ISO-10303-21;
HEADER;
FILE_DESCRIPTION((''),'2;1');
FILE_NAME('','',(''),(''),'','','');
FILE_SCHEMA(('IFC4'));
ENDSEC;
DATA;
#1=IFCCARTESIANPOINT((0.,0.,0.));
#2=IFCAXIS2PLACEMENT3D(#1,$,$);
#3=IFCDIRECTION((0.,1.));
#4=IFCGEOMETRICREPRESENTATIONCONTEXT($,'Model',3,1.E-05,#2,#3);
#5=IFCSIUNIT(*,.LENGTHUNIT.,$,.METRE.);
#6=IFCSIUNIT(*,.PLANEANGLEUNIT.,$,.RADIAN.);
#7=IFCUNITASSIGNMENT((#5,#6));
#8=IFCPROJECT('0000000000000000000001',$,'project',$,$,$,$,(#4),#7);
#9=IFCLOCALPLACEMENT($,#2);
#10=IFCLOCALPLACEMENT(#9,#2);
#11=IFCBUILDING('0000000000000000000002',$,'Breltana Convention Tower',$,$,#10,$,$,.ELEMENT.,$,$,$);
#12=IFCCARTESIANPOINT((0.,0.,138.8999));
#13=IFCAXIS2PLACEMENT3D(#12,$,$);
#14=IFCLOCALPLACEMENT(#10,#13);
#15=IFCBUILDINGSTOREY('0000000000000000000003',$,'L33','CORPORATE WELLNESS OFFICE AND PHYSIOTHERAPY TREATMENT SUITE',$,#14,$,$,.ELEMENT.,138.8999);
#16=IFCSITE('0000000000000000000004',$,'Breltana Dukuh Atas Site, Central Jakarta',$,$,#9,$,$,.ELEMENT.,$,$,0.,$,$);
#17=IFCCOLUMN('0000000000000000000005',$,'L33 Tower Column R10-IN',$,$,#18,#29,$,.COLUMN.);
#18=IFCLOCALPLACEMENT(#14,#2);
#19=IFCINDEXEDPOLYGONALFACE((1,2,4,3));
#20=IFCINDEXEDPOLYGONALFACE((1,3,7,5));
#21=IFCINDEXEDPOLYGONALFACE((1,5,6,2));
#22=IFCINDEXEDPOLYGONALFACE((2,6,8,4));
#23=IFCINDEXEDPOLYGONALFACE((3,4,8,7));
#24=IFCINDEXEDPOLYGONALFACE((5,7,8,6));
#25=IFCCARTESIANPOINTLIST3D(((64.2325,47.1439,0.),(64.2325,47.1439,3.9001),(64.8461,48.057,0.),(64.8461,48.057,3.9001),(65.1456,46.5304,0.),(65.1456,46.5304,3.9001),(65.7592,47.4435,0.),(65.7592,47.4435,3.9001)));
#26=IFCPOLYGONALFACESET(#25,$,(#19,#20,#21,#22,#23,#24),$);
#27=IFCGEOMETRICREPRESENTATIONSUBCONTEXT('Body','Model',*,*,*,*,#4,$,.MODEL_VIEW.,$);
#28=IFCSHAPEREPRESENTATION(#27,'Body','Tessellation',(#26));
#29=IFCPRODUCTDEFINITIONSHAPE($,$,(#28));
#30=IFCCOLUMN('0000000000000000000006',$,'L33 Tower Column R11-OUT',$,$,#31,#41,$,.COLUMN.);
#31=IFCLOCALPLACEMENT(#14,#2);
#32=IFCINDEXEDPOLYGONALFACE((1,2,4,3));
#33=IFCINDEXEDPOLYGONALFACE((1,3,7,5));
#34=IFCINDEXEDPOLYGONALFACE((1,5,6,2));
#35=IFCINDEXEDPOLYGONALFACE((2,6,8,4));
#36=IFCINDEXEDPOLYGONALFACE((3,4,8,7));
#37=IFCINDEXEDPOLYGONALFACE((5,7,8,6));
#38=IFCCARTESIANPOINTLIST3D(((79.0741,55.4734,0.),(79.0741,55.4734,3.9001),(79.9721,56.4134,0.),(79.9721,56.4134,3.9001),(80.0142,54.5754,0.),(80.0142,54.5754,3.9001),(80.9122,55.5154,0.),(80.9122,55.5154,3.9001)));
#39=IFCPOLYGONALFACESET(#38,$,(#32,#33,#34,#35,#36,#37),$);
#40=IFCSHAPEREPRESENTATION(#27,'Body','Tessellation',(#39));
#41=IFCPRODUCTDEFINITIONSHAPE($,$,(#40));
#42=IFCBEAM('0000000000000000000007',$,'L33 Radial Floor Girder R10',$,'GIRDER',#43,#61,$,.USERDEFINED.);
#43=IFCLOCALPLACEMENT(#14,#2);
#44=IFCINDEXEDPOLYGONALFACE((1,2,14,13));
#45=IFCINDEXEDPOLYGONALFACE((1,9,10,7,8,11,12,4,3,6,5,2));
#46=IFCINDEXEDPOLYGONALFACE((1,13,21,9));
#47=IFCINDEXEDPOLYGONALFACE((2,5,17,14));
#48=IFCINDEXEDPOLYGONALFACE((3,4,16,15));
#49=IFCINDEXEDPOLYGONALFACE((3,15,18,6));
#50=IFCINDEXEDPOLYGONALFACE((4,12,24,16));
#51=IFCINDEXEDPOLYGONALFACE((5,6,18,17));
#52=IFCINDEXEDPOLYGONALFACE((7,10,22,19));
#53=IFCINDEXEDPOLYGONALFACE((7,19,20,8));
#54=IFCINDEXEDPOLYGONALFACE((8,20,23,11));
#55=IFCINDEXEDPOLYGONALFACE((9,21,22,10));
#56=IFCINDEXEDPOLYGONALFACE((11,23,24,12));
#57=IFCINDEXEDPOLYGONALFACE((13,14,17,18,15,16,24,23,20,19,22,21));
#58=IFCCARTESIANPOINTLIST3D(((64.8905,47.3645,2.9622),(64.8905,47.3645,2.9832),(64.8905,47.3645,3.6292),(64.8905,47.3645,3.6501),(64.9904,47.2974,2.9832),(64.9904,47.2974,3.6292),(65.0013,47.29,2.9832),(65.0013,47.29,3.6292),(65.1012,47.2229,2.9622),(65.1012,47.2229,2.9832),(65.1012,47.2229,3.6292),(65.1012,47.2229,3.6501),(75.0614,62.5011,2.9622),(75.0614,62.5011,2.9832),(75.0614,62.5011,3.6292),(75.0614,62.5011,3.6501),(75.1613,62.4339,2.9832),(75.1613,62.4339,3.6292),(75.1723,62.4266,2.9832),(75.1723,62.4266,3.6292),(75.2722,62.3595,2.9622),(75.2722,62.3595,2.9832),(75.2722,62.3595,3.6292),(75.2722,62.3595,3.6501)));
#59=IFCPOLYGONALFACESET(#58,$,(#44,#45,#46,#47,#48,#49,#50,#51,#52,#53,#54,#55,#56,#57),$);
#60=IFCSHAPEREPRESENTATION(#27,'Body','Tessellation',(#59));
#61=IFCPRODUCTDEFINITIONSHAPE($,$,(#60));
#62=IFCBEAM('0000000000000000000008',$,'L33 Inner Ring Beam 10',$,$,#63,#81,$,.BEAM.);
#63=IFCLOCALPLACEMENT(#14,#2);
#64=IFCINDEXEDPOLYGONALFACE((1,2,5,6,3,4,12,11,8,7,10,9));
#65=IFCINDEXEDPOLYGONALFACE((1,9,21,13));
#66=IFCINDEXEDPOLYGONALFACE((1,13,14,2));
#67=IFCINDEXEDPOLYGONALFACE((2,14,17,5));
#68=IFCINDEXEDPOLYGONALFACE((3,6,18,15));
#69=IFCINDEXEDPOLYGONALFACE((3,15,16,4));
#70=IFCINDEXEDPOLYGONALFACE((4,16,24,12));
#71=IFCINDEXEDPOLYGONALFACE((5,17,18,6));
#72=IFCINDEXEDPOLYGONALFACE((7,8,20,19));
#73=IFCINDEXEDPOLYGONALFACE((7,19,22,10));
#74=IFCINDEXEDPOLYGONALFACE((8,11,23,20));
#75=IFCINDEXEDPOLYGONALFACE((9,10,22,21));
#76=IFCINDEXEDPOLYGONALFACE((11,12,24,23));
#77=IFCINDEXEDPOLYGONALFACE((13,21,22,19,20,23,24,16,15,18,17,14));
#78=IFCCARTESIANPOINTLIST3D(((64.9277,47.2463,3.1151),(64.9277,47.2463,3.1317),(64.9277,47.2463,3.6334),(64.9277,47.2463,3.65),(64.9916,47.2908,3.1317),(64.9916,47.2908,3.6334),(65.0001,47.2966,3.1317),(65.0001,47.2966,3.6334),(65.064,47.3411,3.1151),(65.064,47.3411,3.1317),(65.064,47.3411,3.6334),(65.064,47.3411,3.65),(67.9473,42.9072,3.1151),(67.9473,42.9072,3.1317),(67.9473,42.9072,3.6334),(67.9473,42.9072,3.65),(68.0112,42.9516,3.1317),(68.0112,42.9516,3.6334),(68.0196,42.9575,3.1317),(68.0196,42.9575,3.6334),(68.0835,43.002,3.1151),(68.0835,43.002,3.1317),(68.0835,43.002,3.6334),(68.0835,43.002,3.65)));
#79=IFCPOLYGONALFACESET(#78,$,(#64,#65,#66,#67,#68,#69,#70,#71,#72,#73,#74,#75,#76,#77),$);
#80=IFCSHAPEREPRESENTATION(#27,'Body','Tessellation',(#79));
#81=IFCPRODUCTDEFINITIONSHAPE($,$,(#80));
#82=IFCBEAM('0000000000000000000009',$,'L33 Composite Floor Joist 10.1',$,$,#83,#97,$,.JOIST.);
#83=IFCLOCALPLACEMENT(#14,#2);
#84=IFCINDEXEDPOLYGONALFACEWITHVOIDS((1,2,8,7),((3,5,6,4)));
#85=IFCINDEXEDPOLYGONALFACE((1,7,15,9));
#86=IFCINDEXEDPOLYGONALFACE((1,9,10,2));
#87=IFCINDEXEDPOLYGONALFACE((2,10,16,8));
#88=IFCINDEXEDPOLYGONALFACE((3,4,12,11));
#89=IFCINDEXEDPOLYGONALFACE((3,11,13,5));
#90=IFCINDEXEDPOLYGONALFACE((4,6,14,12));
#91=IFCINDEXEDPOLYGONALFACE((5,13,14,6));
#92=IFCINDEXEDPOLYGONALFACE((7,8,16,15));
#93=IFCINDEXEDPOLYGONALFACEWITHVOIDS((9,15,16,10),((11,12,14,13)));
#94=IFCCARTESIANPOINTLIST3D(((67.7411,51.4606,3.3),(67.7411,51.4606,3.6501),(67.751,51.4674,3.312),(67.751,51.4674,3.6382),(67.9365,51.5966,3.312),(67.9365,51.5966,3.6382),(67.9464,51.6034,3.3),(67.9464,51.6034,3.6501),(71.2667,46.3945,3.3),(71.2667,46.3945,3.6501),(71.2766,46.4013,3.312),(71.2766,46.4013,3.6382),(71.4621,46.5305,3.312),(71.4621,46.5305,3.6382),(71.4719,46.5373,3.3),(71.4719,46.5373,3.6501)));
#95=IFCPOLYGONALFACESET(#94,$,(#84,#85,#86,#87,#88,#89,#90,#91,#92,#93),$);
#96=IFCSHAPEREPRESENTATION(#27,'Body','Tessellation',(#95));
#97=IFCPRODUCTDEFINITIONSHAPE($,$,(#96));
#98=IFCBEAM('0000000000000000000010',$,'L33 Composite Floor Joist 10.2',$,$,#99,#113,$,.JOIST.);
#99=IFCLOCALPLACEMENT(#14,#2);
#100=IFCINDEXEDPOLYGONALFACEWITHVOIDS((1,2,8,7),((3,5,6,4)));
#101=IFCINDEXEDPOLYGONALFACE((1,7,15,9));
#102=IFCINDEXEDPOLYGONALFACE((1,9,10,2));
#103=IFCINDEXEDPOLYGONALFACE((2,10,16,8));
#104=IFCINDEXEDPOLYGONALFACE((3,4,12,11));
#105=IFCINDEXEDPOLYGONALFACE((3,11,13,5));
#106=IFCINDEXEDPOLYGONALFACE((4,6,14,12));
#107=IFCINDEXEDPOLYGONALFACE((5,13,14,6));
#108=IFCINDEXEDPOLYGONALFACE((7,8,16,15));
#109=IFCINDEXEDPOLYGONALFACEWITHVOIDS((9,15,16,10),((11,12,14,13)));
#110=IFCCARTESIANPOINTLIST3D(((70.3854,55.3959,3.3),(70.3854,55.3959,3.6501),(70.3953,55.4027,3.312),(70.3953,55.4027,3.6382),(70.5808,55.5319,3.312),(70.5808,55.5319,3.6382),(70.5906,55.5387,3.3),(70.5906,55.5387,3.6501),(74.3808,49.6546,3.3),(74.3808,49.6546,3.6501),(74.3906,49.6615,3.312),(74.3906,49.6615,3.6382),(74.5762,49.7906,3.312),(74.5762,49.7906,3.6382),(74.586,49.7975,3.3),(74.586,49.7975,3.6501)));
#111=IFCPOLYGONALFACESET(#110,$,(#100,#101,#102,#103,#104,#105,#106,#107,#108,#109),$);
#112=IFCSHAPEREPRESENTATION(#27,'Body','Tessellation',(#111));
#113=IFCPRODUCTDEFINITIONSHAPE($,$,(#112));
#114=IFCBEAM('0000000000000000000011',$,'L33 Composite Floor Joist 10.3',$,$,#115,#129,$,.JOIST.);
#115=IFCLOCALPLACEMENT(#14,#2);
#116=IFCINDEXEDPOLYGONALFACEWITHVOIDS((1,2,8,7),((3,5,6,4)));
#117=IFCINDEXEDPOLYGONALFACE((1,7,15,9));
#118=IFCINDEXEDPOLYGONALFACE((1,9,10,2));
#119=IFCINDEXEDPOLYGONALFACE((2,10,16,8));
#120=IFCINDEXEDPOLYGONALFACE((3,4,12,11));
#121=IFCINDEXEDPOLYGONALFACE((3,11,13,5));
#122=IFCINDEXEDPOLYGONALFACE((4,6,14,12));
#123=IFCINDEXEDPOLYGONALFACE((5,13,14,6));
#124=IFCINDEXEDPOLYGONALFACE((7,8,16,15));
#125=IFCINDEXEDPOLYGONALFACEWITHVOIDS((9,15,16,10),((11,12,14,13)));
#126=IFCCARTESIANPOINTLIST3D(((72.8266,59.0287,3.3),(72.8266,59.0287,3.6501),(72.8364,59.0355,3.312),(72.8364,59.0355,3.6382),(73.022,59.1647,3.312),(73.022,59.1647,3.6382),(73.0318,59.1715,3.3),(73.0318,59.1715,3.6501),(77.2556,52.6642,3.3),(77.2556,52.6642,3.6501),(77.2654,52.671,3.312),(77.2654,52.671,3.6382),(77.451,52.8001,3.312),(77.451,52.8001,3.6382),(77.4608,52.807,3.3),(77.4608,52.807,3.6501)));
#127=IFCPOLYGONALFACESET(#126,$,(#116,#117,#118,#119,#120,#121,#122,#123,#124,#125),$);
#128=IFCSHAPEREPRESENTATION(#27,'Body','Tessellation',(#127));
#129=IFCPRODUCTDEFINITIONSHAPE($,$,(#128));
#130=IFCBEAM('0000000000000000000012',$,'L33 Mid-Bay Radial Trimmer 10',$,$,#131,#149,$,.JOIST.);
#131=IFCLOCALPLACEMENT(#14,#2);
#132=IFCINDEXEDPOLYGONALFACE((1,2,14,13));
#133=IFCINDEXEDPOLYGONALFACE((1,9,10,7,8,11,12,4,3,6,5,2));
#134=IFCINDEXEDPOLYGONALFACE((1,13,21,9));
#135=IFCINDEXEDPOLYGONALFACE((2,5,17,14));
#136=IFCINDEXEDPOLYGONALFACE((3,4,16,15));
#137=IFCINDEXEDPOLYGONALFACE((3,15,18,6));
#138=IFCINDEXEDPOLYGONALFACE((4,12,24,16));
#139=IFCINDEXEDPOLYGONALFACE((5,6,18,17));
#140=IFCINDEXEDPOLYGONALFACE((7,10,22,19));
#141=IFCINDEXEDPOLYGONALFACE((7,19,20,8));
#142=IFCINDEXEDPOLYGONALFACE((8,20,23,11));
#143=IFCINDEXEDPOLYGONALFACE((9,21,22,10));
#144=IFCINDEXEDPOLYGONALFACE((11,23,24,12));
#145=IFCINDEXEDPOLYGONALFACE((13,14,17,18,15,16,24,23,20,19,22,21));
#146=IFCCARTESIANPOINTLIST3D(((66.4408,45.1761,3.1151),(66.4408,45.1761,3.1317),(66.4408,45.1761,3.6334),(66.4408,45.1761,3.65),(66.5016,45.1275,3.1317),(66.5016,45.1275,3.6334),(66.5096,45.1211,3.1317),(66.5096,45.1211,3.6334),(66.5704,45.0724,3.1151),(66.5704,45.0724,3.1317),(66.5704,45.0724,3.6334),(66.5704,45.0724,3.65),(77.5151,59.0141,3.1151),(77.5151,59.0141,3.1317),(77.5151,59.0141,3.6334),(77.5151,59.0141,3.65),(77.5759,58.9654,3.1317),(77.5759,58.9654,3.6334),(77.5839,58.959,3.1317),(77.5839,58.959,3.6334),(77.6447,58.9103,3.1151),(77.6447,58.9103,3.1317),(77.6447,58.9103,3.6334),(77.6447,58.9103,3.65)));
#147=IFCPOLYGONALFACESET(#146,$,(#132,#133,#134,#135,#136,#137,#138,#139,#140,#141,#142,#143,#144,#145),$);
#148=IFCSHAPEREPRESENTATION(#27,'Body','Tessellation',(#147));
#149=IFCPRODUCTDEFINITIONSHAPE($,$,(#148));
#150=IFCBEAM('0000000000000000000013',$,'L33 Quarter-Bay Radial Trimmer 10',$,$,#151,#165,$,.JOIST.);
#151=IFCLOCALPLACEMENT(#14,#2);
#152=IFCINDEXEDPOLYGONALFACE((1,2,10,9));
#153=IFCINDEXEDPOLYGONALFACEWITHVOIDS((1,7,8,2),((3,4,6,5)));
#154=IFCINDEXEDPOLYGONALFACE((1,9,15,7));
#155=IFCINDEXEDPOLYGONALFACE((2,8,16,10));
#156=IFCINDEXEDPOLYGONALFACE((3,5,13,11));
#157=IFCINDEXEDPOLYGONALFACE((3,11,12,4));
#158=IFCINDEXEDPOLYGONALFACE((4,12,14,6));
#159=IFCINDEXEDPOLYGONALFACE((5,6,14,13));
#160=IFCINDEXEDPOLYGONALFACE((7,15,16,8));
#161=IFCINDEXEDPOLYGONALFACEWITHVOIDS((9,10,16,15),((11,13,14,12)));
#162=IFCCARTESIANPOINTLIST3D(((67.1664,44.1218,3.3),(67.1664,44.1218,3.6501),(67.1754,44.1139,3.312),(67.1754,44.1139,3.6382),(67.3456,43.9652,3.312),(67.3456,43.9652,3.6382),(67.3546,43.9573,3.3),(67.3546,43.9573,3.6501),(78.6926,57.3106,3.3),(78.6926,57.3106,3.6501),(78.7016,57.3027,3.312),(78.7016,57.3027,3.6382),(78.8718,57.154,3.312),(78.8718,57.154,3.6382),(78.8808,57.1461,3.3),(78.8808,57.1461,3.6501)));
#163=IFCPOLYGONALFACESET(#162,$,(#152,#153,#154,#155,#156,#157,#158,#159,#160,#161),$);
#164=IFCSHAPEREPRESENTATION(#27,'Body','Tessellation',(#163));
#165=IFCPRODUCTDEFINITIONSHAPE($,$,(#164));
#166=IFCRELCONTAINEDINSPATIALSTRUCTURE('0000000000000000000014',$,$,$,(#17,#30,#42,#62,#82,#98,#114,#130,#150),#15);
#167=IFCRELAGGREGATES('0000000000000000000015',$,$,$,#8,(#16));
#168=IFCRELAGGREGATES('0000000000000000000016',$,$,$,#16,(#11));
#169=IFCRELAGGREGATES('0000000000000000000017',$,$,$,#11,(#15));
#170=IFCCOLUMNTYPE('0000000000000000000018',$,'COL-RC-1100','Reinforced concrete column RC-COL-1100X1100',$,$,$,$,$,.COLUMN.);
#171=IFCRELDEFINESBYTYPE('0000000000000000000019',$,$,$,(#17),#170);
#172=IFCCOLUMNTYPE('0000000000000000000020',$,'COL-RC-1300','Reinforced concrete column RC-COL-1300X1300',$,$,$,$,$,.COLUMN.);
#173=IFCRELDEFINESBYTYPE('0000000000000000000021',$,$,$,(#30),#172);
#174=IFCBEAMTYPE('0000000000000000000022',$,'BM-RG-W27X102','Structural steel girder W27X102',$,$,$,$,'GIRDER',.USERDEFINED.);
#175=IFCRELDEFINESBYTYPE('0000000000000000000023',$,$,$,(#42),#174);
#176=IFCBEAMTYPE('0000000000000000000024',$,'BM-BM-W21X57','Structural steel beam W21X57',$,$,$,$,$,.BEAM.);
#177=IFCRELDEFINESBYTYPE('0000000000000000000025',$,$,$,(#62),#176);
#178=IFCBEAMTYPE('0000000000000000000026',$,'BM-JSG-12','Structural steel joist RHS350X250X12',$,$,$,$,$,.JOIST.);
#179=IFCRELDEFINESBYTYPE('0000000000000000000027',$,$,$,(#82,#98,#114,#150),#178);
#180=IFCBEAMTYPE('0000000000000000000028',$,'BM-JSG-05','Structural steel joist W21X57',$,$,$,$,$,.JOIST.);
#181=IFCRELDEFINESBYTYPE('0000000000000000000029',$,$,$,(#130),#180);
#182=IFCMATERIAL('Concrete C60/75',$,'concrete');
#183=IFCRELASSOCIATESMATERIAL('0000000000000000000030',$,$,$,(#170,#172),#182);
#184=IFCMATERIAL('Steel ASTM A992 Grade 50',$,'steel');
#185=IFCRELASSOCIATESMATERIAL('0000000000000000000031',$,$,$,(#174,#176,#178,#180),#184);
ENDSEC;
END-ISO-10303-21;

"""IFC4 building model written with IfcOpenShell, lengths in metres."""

from ifc_helpers import new_model, si_unit, direction, frame, origin, origin_2d, place, context, subcontext, project, spatial, rectangle, hollow_rectangle, i_section, extrude, source, transform, mapped, material, material_profile, profile_set, type_object, element, save


model = new_model("IFC4")

# Units and contexts
model_context = context("Model", 3, precision=1e-05, world=origin(), true_north=direction((0.0, 1.0)))
body_context = subcontext(model_context, "Body", "Model", "MODEL_VIEW")
ifc_project = project(units=[si_unit("LENGTHUNIT", "METRE"), si_unit("PLANEANGLEUNIT", "RADIAN")], contexts=[model_context])

# Site, building, storey
site_placement = place(None, origin())
site = spatial("IfcSite", under=ifc_project, at=site_placement, Name="Breltana Dukuh Atas Site, Central Jakarta", CompositionType="ELEMENT", RefElevation=0.0)
building_placement = place(site_placement, origin())
building = spatial("IfcBuilding", under=site, at=building_placement, Name="Breltana Convention Tower", CompositionType="ELEMENT")
storey_placement = place(building_placement, frame((0.0, 0.0, 138.8999)))
storey = spatial("IfcBuildingStorey", under=building, at=storey_placement, Name="L33", Description="CORPORATE WELLNESS OFFICE AND PHYSIOTHERAPY TREATMENT SUITE", CompositionType="ELEMENT", Elevation=138.8999)

# Columns
ifc_material_1 = material(Name="Concrete C60/75", Category="concrete")
ifc_material_profile_1 = material_profile(ifc_material_1, rectangle(XDim=1.1001, YDim=1.1001, at=origin_2d()), Name="RC-COL-1100X1100")
ifc_profile_set_1 = profile_set([ifc_material_profile_1], Name="Concrete C60/75")
column_type_1 = type_object("IfcColumnType", Name="COL-RC-1100", Description="Reinforced concrete column RC-COL-1100X1100", PredefinedType="COLUMN", material=ifc_profile_set_1)
shared_shape_1 = source(origin(), body_context, "Body", "SweptSolid", [
    extrude(rectangle(XDim=1.1001, YDim=1.1001, at=origin_2d()), origin(), (0.0, 0.0, 1.0), 3.9001),
])
column_1_placement = place(storey_placement, frame((64.9958, 47.2937, 0.0), z_axis=(0.0, 0.0, 1.0), x_axis=(0.557745, 0.830012, 0.0)))
element("IfcColumn", 1, at=column_1_placement, inside=storey, type_object=column_type_1, Name="L33 Tower Column R10-IN", PredefinedType="COLUMN", context=body_context, shape_type="MappedRepresentation", body=[
    mapped(shared_shape_1, transform((0.0, 0.0, 0.0), scale=1.0)),
])
ifc_material_profile_2 = material_profile(ifc_material_1, rectangle(XDim=1.3, YDim=1.3, at=origin_2d()), Name="RC-COL-1300X1300")
ifc_profile_set_2 = profile_set([ifc_material_profile_2], Name="Concrete C60/75")
column_type_2 = type_object("IfcColumnType", Name="COL-RC-1300", Description="Reinforced concrete column RC-COL-1300X1300", PredefinedType="COLUMN", material=ifc_profile_set_2)
shared_shape_2 = source(origin(), body_context, "Body", "SweptSolid", [
    extrude(rectangle(XDim=1.3, YDim=1.3, at=origin_2d()), origin(), (0.0, 0.0, 1.0), 3.9001),
])
column_2_placement = place(storey_placement, frame((79.9932, 55.4944, 0.0), z_axis=(0.0, 0.0, 1.0), x_axis=(0.690756, 0.723088, 0.0)))
element("IfcColumn", 2, at=column_2_placement, inside=storey, type_object=column_type_2, Name="L33 Tower Column R11-OUT", PredefinedType="COLUMN", context=body_context, shape_type="MappedRepresentation", body=[
    mapped(shared_shape_2, transform((0.0, 0.0, 0.0), scale=1.0)),
])

# Beams
ifc_material_2 = material(Name="Steel ASTM A992 Grade 50", Category="steel")
ifc_material_profile_3 = material_profile(ifc_material_2, i_section(OverallWidth=0.2539, OverallDepth=0.688, WebThickness=0.0132, FlangeThickness=0.021, at=origin_2d()), Name="W27X102")
ifc_profile_set_3 = profile_set([ifc_material_profile_3], Name="Steel ASTM A992 Grade 50")
beam_type_1 = type_object("IfcBeamType", Name="BM-RG-W27X102", Description="Structural steel girder W27X102", ElementType="GIRDER", PredefinedType="USERDEFINED", material=ifc_profile_set_3)
shared_shape_3 = source(origin(), body_context, "Body", "SweptSolid", [
    extrude(i_section(OverallWidth=0.2539, OverallDepth=0.688, WebThickness=0.0132, FlangeThickness=0.021, at=origin_2d()), origin(), (0.0, 0.0, 1.0), 18.2363),
])
beam_1_placement = place(storey_placement, frame((64.9958, 47.2937, 3.3062), z_axis=(0.55773, 0.830022, 0.0), x_axis=(-0.830022, 0.55773, 0.0)))
element("IfcBeam", 3, at=beam_1_placement, inside=storey, type_object=beam_type_1, Name="L33 Radial Floor Girder R10", ObjectType="GIRDER", PredefinedType="USERDEFINED", context=body_context, shape_type="MappedRepresentation", body=[
    mapped(shared_shape_3, transform((0.0, 0.0, 0.0), scale=1.0)),
])
ifc_material_profile_4 = material_profile(ifc_material_2, i_section(OverallWidth=0.166, OverallDepth=0.5349, WebThickness=0.0103, FlangeThickness=0.0166, at=origin_2d()), Name="W21X57")
ifc_profile_set_4 = profile_set([ifc_material_profile_4], Name="Steel ASTM A992 Grade 50")
beam_type_2 = type_object("IfcBeamType", Name="BM-BM-W21X57", Description="Structural steel beam W21X57", PredefinedType="BEAM", material=ifc_profile_set_4)
shared_shape_4 = source(origin(), body_context, "Body", "SweptSolid", [
    extrude(i_section(OverallWidth=0.166, OverallDepth=0.5349, WebThickness=0.0103, FlangeThickness=0.0166, at=origin_2d()), origin(), (0.0, 0.0, 1.0), 5.2864),
])
beam_2_placement = place(storey_placement, frame((64.9958, 47.2937, 3.3826), z_axis=(0.571194, -0.820815, 0.0), x_axis=(0.820815, 0.571194, 0.0)))
element("IfcBeam", 4, at=beam_2_placement, inside=storey, type_object=beam_type_2, Name="L33 Inner Ring Beam 10", PredefinedType="BEAM", context=body_context, shape_type="MappedRepresentation", body=[
    mapped(shared_shape_4, transform((0.0, 0.0, 0.0), scale=1.0)),
])
ifc_material_profile_5 = material_profile(ifc_material_2, hollow_rectangle(XDim=0.25, YDim=0.3501, WallThickness=0.012, at=origin_2d()), Name="RHS350X250X12")
ifc_profile_set_5 = profile_set([ifc_material_profile_5], Name="Steel ASTM A992 Grade 50")
beam_type_3 = type_object("IfcBeamType", Name="BM-JSG-12", Description="Structural steel joist RHS350X250X12", PredefinedType="JOIST", material=ifc_profile_set_5)
shared_shape_5 = source(origin(), body_context, "Body", "SweptSolid", [
    extrude(hollow_rectangle(XDim=0.25, YDim=0.3501, WallThickness=0.012, at=origin_2d()), origin(), (0.0, 0.0, 1.0), 6.1721),
])
beam_3_placement = place(storey_placement, frame((67.8438, 51.532, 3.4751), z_axis=(0.571212, -0.820803, 0.0), x_axis=(0.820803, 0.571212, 0.0)))
element("IfcBeam", 5, at=beam_3_placement, inside=storey, type_object=beam_type_3, Name="L33 Composite Floor Joist 10.1", PredefinedType="JOIST", context=body_context, shape_type="MappedRepresentation", body=[
    mapped(shared_shape_5, transform((0.0, 0.0, 0.0), scale=1.0)),
])
shared_shape_6 = source(origin(), body_context, "Body", "SweptSolid", [
    extrude(hollow_rectangle(XDim=0.25, YDim=0.3501, WallThickness=0.012, at=origin_2d()), origin(), (0.0, 0.0, 1.0), 6.9946),
])
beam_4_placement = place(storey_placement, frame((70.488, 55.4673, 3.4751), z_axis=(0.571207, -0.820806, 0.0), x_axis=(0.820806, 0.571207, 0.0)))
element("IfcBeam", 6, at=beam_4_placement, inside=storey, type_object=beam_type_3, Name="L33 Composite Floor Joist 10.2", PredefinedType="JOIST", context=body_context, shape_type="MappedRepresentation", body=[
    mapped(shared_shape_6, transform((0.0, 0.0, 0.0), scale=1.0)),
])
shared_shape_7 = source(origin(), body_context, "Body", "SweptSolid", [
    extrude(hollow_rectangle(XDim=0.25, YDim=0.3501, WallThickness=0.012, at=origin_2d()), origin(), (0.0, 0.0, 1.0), 7.7539),
])
beam_5_placement = place(storey_placement, frame((72.9292, 59.1001, 3.4751), z_axis=(0.571193, -0.820816, 0.0), x_axis=(0.820816, 0.571193, 0.0)))
element("IfcBeam", 7, at=beam_5_placement, inside=storey, type_object=beam_type_3, Name="L33 Composite Floor Joist 10.3", PredefinedType="JOIST", context=body_context, shape_type="MappedRepresentation", body=[
    mapped(shared_shape_7, transform((0.0, 0.0, 0.0), scale=1.0)),
])
ifc_material_profile_6 = material_profile(ifc_material_2, i_section(OverallWidth=0.166, OverallDepth=0.5349, WebThickness=0.0103, FlangeThickness=0.0166, at=origin_2d()), Name="W21X57")
ifc_profile_set_6 = profile_set([ifc_material_profile_6], Name="Steel ASTM A992 Grade 50")
beam_type_4 = type_object("IfcBeamType", Name="BM-JSG-05", Description="Structural steel joist W21X57", PredefinedType="JOIST", material=ifc_profile_set_6)
shared_shape_8 = source(origin(), body_context, "Body", "SweptSolid", [
    extrude(i_section(OverallWidth=0.166, OverallDepth=0.5349, WebThickness=0.0103, FlangeThickness=0.0166, at=origin_2d()), origin(), (0.0, 0.0, 1.0), 17.7236),
])
beam_6_placement = place(storey_placement, frame((66.5056, 45.1243, 3.3826), z_axis=(0.624829, 0.780761, 0.0), x_axis=(-0.780761, 0.624829, 0.0)))
element("IfcBeam", 8, at=beam_6_placement, inside=storey, type_object=beam_type_4, Name="L33 Mid-Bay Radial Trimmer 10", PredefinedType="JOIST", context=body_context, shape_type="MappedRepresentation", body=[
    mapped(shared_shape_8, transform((0.0, 0.0, 0.0), scale=1.0)),
])
shared_shape_9 = source(origin(), body_context, "Body", "SweptSolid", [
    extrude(hollow_rectangle(XDim=0.25, YDim=0.3501, WallThickness=0.012, at=origin_2d()), origin(), (0.0, 0.0, 1.0), 17.5156),
])
beam_7_placement = place(storey_placement, frame((67.2605, 44.0396, 3.4751), z_axis=(0.658052, 0.752973, 0.0), x_axis=(-0.752973, 0.658052, 0.0)))
element("IfcBeam", 9, at=beam_7_placement, inside=storey, type_object=beam_type_3, Name="L33 Quarter-Bay Radial Trimmer 10", PredefinedType="JOIST", context=body_context, shape_type="MappedRepresentation", body=[
    mapped(shared_shape_9, transform((0.0, 0.0, 0.0), scale=1.0)),
])

save(model, "model.ifc")
